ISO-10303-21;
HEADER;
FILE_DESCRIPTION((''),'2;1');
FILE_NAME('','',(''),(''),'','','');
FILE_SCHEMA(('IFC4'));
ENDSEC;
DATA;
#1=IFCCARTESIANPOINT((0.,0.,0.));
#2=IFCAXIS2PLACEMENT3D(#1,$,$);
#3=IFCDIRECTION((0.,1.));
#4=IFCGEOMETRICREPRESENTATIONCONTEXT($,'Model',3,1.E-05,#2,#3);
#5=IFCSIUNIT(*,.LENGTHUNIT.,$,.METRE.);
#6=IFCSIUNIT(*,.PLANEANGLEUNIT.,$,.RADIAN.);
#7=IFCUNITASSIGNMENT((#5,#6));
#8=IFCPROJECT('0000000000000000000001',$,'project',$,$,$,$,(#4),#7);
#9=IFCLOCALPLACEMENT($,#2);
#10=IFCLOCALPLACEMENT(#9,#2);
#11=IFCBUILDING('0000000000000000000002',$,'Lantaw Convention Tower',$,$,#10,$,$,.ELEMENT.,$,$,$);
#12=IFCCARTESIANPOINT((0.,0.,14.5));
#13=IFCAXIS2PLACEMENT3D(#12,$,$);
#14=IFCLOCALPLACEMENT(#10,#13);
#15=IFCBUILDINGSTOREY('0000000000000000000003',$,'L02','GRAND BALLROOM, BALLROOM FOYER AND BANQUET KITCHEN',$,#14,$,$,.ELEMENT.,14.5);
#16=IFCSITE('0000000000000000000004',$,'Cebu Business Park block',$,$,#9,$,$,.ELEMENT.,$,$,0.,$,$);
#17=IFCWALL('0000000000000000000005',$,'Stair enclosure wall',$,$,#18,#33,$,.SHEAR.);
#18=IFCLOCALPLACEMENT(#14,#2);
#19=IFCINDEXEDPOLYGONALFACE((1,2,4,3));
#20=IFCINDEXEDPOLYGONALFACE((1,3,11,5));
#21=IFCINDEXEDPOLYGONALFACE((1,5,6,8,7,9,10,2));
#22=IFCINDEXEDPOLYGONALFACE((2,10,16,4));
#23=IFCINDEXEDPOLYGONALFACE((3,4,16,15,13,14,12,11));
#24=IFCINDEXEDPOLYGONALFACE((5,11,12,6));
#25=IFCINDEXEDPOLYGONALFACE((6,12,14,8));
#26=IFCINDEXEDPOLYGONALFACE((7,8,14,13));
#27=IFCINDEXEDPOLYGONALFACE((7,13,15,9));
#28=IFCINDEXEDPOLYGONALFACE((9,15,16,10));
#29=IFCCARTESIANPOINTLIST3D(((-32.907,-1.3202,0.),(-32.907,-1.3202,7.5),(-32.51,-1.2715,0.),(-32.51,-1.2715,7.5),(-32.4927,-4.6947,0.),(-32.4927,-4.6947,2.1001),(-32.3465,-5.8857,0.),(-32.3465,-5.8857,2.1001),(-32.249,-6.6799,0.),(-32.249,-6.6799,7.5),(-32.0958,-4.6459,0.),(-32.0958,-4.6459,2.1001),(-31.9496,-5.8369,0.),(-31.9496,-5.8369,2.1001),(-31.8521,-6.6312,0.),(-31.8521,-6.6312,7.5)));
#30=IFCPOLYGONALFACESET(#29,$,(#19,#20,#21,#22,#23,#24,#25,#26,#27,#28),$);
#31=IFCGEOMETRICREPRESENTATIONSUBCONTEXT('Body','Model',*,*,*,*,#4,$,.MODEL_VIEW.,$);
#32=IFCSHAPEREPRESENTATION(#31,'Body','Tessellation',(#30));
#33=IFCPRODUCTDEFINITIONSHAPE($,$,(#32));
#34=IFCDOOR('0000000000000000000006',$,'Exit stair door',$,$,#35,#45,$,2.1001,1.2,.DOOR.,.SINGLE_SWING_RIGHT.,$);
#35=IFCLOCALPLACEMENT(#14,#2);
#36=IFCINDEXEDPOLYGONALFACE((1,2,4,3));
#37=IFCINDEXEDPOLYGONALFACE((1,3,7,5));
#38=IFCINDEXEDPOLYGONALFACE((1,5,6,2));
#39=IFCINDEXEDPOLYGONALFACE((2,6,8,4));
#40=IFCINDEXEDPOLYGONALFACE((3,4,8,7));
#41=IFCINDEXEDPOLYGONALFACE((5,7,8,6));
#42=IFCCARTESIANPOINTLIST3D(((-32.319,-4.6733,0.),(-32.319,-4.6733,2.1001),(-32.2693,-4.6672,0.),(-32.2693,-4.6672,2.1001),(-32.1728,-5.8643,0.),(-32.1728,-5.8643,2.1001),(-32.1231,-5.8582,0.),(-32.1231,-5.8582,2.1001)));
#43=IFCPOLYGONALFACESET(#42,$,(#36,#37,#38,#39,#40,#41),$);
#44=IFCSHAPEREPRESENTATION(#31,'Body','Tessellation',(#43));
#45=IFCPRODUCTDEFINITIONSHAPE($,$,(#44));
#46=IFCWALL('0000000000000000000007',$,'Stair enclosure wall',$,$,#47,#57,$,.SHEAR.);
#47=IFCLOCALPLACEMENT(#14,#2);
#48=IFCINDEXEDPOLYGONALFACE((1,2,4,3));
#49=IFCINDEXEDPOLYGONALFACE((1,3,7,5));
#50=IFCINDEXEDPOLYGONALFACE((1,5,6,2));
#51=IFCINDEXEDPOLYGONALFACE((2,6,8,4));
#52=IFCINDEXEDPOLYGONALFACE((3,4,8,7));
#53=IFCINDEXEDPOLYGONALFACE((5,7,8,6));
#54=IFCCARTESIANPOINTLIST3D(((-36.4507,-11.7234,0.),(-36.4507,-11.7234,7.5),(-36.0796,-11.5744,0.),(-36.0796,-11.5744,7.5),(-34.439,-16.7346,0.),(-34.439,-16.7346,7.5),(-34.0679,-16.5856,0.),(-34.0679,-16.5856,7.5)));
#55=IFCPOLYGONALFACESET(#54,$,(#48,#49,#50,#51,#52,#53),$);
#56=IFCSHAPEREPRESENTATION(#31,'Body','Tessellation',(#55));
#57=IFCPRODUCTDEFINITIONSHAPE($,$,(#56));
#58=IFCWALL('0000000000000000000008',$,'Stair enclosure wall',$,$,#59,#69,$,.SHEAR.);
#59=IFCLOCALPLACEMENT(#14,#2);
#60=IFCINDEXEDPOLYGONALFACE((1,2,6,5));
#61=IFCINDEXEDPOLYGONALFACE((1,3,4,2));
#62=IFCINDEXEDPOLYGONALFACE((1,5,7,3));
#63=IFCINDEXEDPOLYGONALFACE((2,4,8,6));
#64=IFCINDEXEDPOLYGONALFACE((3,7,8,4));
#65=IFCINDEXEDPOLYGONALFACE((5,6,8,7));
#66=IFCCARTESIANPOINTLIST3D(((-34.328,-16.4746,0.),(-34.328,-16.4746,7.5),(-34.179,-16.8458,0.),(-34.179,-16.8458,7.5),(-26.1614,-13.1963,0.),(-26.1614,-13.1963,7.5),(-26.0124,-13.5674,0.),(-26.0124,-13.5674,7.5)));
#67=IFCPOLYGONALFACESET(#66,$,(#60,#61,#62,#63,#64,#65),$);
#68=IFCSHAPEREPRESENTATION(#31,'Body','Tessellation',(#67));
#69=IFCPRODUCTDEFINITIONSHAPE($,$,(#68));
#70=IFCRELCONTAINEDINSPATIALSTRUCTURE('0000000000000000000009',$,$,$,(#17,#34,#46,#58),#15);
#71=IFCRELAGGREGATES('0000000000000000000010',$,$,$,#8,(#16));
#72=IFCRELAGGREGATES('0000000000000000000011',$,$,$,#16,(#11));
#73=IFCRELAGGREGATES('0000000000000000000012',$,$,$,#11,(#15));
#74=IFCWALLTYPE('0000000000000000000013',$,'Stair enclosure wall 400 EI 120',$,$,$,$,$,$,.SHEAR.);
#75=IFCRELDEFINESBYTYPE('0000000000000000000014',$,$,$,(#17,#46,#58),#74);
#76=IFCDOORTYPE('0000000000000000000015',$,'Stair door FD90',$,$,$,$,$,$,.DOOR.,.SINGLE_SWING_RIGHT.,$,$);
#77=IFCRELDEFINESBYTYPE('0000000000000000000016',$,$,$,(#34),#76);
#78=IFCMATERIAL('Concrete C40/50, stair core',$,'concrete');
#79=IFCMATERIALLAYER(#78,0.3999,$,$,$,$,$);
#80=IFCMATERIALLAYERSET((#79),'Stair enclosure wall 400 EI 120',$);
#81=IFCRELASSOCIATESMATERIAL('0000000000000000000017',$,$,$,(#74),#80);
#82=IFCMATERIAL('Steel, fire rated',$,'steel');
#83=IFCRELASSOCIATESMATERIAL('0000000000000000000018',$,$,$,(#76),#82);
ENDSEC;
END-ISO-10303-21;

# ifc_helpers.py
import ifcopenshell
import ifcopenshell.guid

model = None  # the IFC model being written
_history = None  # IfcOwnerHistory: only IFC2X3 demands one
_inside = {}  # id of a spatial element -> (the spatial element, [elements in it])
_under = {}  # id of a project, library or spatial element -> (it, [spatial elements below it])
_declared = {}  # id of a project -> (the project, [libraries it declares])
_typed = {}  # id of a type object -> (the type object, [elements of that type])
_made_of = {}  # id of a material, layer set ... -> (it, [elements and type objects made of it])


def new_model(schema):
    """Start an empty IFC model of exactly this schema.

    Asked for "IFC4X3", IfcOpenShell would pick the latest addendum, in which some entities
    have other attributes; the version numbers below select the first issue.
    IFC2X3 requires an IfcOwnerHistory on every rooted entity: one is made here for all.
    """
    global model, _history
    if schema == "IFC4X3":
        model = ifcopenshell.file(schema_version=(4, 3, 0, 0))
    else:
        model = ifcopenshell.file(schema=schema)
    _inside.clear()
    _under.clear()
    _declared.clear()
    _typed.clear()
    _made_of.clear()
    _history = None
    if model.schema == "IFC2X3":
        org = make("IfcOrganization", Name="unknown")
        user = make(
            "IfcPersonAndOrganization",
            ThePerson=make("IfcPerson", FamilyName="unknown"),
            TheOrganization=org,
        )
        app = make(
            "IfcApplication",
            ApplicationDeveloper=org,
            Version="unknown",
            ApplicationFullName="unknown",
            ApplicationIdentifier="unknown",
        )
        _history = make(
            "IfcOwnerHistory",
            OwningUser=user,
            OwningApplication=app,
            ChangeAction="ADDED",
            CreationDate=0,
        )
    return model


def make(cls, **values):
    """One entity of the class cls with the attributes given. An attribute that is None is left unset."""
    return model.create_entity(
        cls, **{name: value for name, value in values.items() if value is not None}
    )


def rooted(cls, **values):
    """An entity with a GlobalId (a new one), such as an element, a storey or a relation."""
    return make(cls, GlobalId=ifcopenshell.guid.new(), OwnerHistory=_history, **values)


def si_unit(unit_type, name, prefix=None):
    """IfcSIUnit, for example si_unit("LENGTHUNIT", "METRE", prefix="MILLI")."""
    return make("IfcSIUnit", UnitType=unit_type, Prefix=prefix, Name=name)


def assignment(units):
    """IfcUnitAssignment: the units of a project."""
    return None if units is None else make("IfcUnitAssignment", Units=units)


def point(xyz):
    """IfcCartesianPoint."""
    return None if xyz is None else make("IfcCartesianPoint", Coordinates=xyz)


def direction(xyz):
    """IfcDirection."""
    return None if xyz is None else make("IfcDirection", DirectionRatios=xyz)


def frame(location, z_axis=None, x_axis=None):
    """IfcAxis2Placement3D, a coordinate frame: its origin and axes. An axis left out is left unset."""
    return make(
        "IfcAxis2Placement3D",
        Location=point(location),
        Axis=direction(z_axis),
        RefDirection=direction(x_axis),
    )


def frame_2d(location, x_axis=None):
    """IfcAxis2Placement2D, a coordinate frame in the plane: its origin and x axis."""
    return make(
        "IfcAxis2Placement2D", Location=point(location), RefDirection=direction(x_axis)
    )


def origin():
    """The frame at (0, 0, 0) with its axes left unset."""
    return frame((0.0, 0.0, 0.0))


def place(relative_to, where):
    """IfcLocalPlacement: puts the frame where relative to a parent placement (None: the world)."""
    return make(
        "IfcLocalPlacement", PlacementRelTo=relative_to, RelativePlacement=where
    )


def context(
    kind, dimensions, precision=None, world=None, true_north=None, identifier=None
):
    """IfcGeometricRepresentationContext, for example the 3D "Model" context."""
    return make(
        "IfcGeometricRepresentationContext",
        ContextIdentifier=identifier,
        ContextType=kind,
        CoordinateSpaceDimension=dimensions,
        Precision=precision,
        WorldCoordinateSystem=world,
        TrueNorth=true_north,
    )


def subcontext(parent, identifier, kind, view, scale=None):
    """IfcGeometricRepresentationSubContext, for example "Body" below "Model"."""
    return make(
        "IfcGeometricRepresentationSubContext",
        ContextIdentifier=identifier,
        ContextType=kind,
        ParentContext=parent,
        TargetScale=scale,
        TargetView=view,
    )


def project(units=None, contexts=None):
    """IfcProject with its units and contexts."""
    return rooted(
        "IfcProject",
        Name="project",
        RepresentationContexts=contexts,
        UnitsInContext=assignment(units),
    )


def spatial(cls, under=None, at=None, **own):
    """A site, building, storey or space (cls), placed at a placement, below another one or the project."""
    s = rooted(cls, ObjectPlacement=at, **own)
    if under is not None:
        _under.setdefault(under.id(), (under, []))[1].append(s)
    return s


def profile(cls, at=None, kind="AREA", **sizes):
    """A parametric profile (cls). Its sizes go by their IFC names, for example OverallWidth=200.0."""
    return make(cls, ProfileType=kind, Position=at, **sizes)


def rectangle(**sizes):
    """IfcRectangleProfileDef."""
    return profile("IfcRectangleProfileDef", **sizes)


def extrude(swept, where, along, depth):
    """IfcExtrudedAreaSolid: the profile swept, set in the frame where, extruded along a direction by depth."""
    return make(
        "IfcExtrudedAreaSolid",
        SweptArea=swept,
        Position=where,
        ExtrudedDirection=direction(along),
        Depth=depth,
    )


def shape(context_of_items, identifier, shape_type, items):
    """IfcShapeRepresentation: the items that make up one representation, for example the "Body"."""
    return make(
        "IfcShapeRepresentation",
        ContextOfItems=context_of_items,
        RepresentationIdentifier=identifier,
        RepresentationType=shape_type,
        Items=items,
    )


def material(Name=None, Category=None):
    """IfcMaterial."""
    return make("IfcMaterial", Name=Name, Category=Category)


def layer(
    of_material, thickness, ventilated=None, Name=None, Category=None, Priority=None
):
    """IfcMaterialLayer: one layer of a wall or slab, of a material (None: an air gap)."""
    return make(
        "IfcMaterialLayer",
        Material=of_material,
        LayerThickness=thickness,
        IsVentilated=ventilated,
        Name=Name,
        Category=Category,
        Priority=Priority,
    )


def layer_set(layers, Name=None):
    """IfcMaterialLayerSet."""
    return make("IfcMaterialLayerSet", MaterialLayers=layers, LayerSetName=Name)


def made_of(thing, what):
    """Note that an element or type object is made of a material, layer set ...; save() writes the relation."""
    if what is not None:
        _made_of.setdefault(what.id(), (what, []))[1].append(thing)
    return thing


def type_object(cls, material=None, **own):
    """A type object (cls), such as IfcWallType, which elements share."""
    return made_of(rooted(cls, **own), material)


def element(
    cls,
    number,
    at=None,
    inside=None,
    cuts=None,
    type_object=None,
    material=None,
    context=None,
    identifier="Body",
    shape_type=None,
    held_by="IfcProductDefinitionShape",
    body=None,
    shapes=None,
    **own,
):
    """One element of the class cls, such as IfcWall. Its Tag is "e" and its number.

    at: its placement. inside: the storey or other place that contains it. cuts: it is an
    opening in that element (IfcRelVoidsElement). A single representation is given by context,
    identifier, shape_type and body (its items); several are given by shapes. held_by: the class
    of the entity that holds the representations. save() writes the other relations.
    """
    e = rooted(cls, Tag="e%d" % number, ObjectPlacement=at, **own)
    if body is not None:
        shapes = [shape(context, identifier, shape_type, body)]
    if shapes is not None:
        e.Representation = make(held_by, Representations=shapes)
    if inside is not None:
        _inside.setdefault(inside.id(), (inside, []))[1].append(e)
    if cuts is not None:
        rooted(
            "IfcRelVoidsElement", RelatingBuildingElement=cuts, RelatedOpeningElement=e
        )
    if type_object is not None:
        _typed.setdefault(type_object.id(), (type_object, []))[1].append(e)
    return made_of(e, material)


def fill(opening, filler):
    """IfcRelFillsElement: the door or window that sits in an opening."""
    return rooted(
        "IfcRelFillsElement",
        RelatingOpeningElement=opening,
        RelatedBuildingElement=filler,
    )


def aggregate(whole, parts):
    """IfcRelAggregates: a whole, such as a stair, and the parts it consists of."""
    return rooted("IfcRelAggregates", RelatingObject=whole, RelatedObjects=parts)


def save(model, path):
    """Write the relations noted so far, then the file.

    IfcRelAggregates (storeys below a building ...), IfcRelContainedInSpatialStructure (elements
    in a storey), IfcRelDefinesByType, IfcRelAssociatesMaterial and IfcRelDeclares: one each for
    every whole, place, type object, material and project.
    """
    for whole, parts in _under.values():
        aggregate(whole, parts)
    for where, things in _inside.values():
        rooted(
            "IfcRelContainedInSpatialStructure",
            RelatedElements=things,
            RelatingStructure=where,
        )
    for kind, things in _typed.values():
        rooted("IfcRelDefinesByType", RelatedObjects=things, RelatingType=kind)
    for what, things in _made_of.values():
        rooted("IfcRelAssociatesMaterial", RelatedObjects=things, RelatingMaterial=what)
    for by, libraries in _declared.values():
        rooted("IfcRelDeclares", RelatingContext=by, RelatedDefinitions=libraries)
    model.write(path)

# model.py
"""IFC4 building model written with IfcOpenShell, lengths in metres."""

from ifc_helpers import new_model, si_unit, direction, frame, frame_2d, origin, place, context, subcontext, project, spatial, rectangle, extrude, material, layer, layer_set, type_object, element, fill, save


model = new_model("IFC4")

# Units and contexts
model_context = context("Model", 3, precision=1e-05, world=origin(), true_north=direction((0.0, 1.0)))
body_context = subcontext(model_context, "Body", "Model", "MODEL_VIEW")
ifc_project = project(units=[si_unit("LENGTHUNIT", "METRE"), si_unit("PLANEANGLEUNIT", "RADIAN")], contexts=[model_context])

# Site, building, storey
site_placement = place(None, origin())
site = spatial("IfcSite", under=ifc_project, at=site_placement, Name="Cebu Business Park block", CompositionType="ELEMENT", RefElevation=0.0)
building_placement = place(site_placement, origin())
building = spatial("IfcBuilding", under=site, at=building_placement, Name="Lantaw Convention Tower", CompositionType="ELEMENT")
storey_placement = place(building_placement, frame((0.0, 0.0, 14.5)))
storey = spatial("IfcBuildingStorey", under=building, at=storey_placement, Name="L02", Description="GRAND BALLROOM, BALLROOM FOYER AND BANQUET KITCHEN", CompositionType="ELEMENT", Elevation=14.5)

# Shared definitions
ifc_material_1 = material(Name="Concrete C40/50, stair core", Category="concrete")
ifc_layer_1 = layer(ifc_material_1, 0.3999)
ifc_layer_set_1 = layer_set([ifc_layer_1], Name="Stair enclosure wall 400 EI 120")
wall_type_1 = type_object("IfcWallType", Name="Stair enclosure wall 400 EI 120", PredefinedType="SHEAR", material=ifc_layer_set_1)

# Wall, opening, door
wall_1_placement = place(storey_placement, frame((-32.0505, -6.6555, 0.0), z_axis=(0.0, 0.0, 1.0), x_axis=(-0.121848, 0.992549, 0.0)))
wall_1 = element("IfcWall", 1, at=wall_1_placement, inside=storey, type_object=wall_type_1, Name="Stair enclosure wall", PredefinedType="SHEAR", context=body_context, shape_type="SweptSolid", body=[
    extrude(rectangle(XDim=5.3999, YDim=0.3999, at=frame_2d((2.7, 0.0))), origin(), (0.0, 0.0, 1.0), 7.5),
])
opening_placement = place(wall_1_placement, frame((0.8, 0.0, 0.0)))
opening = element("IfcOpeningElement", 2, at=opening_placement, cuts=wall_1, PredefinedType="OPENING", context=body_context, shape_type="SweptSolid", body=[
    extrude(rectangle(XDim=1.2, YDim=2.1001, at=frame_2d((0.6001, 1.05))), frame((0.0, 0.21, 0.0), z_axis=(0.0, -1.0, 0.0), x_axis=(1.0, 0.0, 0.0)), (0.0, 0.0, 1.0), 0.4199),
])
ifc_material_2 = material(Name="Steel, fire rated", Category="steel")
door_type = type_object("IfcDoorType", Name="Stair door FD90", OperationType="SINGLE_SWING_RIGHT", PredefinedType="DOOR", material=ifc_material_2)
door_placement = place(opening_placement, origin())
door = element("IfcDoor", 3, at=door_placement, inside=storey, type_object=door_type, Name="Exit stair door", OperationType="SINGLE_SWING_RIGHT", OverallHeight=2.1001, OverallWidth=1.2, PredefinedType="DOOR", context=body_context, shape_type="SweptSolid", body=[
    extrude(rectangle(XDim=1.2, YDim=2.1001, at=frame_2d((0.6001, 1.05))), frame((0.0, 0.0249, 0.0), z_axis=(0.0, -1.0, 0.0), x_axis=(1.0, 0.0, 0.0)), (0.0, 0.0, 1.0), 0.05),
])
fill(opening, door)

# Walls
wall_2_placement = place(storey_placement, frame((-36.2651, -11.6489, 0.0), z_axis=(0.0, 0.0, 1.0), x_axis=(0.372544, -0.928015, 0.0)))
element("IfcWall", 4, at=wall_2_placement, inside=storey, type_object=wall_type_1, Name="Stair enclosure wall", PredefinedType="SHEAR", context=body_context, shape_type="SweptSolid", body=[
    extrude(rectangle(XDim=5.3999, YDim=0.3999, at=frame_2d((2.7, 0.0))), origin(), (0.0, 0.0, 1.0), 7.5),
])
wall_3_placement = place(storey_placement, frame((-34.2534, -16.6602, 0.0), z_axis=(0.0, 0.0, 1.0), x_axis=(0.928017, 0.372538, 0.0)))
element("IfcWall", 5, at=wall_3_placement, inside=storey, type_object=wall_type_1, Name="Stair enclosure wall", PredefinedType="SHEAR", context=body_context, shape_type="SweptSolid", body=[
    extrude(rectangle(XDim=8.8, YDim=0.3999, at=frame_2d((4.3999, 0.0))), origin(), (0.0, 0.0, 1.0), 7.5),
])

save(model, "model.ifc")
